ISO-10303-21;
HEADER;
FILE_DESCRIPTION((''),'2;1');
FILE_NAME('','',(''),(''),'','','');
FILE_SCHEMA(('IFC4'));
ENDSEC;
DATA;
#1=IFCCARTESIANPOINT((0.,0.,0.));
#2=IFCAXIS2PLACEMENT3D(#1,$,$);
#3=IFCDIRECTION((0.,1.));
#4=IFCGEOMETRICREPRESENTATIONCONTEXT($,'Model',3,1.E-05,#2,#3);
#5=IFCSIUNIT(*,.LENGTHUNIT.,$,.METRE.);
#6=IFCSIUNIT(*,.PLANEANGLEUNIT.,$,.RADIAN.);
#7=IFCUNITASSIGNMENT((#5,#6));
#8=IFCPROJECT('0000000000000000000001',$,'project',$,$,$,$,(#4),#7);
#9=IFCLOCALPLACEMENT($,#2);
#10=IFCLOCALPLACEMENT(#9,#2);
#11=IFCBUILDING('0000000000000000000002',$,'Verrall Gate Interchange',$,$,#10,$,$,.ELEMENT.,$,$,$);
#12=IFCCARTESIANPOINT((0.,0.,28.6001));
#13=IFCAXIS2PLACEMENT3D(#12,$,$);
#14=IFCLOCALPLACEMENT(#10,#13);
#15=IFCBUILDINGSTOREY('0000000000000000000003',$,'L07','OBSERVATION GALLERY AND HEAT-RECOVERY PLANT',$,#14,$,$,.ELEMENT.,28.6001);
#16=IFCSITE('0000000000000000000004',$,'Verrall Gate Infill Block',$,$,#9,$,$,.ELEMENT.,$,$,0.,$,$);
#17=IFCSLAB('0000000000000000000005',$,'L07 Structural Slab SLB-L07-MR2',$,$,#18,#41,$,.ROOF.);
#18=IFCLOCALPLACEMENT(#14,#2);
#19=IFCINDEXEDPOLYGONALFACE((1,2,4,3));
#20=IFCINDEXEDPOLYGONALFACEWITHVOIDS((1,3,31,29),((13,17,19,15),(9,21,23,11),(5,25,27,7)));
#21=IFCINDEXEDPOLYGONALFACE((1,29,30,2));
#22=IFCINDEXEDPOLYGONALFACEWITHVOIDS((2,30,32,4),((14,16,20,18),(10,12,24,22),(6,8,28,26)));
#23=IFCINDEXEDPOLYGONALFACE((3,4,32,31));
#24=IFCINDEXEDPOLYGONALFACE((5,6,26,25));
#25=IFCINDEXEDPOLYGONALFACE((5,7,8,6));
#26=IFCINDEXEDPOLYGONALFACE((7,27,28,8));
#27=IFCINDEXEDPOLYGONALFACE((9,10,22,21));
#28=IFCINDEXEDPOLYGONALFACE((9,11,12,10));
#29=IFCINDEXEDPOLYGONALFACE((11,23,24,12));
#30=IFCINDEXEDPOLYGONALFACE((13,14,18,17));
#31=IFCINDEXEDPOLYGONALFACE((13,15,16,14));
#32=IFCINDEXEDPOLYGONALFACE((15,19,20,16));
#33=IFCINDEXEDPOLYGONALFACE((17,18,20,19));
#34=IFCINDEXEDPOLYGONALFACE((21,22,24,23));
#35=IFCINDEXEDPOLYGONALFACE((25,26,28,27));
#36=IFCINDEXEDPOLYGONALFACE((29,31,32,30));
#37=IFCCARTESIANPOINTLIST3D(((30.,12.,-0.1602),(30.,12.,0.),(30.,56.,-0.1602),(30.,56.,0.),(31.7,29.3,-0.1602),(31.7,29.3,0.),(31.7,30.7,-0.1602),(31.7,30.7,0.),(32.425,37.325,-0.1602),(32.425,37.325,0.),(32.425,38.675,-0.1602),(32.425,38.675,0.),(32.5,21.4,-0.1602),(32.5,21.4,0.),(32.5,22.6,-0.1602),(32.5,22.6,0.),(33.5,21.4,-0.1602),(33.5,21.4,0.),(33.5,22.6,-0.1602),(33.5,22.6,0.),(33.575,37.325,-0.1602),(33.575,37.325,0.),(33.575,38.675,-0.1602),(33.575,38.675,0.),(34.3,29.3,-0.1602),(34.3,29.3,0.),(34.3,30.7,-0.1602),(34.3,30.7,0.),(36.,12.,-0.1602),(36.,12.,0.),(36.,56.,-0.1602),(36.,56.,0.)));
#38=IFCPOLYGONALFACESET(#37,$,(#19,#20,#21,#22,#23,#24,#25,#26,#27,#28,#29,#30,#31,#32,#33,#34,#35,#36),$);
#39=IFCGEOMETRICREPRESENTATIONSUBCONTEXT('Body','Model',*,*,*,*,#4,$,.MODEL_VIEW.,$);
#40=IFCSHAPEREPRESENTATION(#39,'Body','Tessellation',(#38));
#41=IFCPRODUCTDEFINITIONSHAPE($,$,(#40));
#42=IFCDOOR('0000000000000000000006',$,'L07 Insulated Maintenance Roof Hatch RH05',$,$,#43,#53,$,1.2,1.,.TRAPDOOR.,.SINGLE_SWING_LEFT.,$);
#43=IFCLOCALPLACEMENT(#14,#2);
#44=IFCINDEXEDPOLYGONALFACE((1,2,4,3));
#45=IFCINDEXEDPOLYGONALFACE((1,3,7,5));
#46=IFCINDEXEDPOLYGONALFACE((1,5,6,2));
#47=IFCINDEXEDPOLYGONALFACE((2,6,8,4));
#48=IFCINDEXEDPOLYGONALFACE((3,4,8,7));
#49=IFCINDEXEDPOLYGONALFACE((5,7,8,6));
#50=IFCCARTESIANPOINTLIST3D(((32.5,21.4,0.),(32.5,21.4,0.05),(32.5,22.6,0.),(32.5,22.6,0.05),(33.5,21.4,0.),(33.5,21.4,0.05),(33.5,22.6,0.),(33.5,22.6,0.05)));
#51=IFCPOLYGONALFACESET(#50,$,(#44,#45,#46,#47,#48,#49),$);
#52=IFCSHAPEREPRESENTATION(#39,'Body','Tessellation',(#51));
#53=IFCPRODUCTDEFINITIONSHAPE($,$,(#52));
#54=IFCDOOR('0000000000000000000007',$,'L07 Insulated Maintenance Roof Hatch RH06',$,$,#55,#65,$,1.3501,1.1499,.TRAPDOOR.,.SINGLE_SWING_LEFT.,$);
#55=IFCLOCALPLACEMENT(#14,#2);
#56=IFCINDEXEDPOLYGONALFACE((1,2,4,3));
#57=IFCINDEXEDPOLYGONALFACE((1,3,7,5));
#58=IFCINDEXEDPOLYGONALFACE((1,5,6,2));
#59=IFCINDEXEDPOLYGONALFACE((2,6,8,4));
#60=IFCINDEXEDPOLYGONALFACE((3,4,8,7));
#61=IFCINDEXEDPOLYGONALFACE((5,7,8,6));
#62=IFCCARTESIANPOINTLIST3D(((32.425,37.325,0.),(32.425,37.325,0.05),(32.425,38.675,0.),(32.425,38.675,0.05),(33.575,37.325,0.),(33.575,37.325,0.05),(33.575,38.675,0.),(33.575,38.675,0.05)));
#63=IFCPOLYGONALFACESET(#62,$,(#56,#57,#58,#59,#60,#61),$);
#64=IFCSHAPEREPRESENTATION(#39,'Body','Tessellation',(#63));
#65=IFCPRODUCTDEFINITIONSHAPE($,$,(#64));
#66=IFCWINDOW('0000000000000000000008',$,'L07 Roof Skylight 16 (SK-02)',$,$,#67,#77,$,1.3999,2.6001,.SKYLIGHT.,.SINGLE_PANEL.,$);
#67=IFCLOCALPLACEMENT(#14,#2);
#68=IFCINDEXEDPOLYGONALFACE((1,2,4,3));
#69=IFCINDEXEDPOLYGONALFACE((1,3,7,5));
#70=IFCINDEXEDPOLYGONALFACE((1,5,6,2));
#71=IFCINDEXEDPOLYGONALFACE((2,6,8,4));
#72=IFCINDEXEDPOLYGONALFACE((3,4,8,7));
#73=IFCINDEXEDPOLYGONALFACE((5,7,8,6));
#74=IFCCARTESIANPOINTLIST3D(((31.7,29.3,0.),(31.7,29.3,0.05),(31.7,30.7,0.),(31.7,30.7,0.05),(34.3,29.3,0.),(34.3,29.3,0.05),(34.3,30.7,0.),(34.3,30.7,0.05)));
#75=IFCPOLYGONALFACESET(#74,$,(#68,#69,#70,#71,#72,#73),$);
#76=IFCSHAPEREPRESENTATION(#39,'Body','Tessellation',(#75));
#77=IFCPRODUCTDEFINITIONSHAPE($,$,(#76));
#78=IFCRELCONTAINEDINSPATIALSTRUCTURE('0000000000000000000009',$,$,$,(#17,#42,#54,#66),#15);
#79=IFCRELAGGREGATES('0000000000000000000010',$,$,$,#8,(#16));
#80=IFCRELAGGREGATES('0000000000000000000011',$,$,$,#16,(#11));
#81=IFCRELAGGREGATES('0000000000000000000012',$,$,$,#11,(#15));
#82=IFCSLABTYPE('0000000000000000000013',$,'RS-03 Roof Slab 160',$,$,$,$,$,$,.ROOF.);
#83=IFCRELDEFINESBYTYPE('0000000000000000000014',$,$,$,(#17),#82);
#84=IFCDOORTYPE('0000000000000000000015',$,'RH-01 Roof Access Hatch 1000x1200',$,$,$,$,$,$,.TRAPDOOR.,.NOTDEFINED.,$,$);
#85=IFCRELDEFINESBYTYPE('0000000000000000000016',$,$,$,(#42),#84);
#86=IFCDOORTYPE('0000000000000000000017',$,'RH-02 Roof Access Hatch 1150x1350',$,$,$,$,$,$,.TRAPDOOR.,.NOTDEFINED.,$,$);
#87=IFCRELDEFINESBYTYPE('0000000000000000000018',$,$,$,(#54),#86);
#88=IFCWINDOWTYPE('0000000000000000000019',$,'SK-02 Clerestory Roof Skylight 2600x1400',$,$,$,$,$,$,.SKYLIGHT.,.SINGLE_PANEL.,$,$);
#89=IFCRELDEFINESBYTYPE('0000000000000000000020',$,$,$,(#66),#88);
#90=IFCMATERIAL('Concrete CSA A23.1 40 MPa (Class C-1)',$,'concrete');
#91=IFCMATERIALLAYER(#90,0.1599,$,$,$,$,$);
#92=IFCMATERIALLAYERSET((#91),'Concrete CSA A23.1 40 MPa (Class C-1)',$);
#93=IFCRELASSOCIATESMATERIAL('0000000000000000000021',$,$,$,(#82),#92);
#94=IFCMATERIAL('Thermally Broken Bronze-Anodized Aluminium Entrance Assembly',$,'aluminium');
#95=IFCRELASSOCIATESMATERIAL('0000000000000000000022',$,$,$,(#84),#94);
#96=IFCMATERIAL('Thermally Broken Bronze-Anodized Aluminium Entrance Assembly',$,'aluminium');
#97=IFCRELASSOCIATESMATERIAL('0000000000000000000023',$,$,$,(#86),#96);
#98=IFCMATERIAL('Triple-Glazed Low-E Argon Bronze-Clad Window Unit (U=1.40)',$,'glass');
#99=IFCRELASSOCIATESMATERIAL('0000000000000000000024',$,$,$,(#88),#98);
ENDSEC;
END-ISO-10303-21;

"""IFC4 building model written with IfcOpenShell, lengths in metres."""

from ifc_helpers import new_model, si_unit, direction, frame, origin, origin_2d, place, context, subcontext, project, spatial, polyline, rectangle, outline, extrude, material, layer, layer_set, type_object, element, fill, save


model = new_model("IFC4")

# Units and contexts
model_context = context("Model", 3, precision=1e-05, world=origin(), true_north=direction((0.0, 1.0)))
body_context = subcontext(model_context, "Body", "Model", "MODEL_VIEW")
ifc_project = project(units=[si_unit("LENGTHUNIT", "METRE"), si_unit("PLANEANGLEUNIT", "RADIAN")], contexts=[model_context])

# Site, building, storey
site_placement = place(None, origin())
site = spatial("IfcSite", under=ifc_project, at=site_placement, Name="Verrall Gate Infill Block", CompositionType="ELEMENT", RefElevation=0.0)
building_placement = place(site_placement, origin())
building = spatial("IfcBuilding", under=site, at=building_placement, Name="Verrall Gate Interchange", CompositionType="ELEMENT")
storey_placement = place(building_placement, frame((0.0, 0.0, 28.6001)))
storey = spatial("IfcBuildingStorey", under=building, at=storey_placement, Name="L07", Description="OBSERVATION GALLERY AND HEAT-RECOVERY PLANT", CompositionType="ELEMENT", Elevation=28.6001)

# Shared definitions
ifc_material_1 = material(Name="Concrete CSA A23.1 40 MPa (Class C-1)", Category="concrete")
ifc_layer_1 = layer(ifc_material_1, 0.1599)
ifc_layer_set_1 = layer_set([ifc_layer_1], Name="Concrete CSA A23.1 40 MPa (Class C-1)")
slab_type_1 = type_object("IfcSlabType", Name="RS-03 Roof Slab 160", PredefinedType="ROOF", material=ifc_layer_set_1)
ifc_material_2 = material(Name="Thermally Broken Bronze-Anodized Aluminium Entrance Assembly", Category="aluminium")
door_type_1 = type_object("IfcDoorType", Name="RH-01 Roof Access Hatch 1000x1200", OperationType="NOTDEFINED", PredefinedType="TRAPDOOR", material=ifc_material_2)
ifc_material_3 = material(Name="Thermally Broken Bronze-Anodized Aluminium Entrance Assembly", Category="aluminium")
door_type_2 = type_object("IfcDoorType", Name="RH-02 Roof Access Hatch 1150x1350", OperationType="NOTDEFINED", PredefinedType="TRAPDOOR", material=ifc_material_3)

# Slab, openings, doors, window
slab_1_placement = place(storey_placement, frame((0.0, 0.0, -0.1602)))
slab_1 = element("IfcSlab", 1, at=slab_1_placement, inside=storey, type_object=slab_type_1, Name="L07 Structural Slab SLB-L07-MR2", PredefinedType="ROOF", context=body_context, shape_type="SweptSolid", body=[
    extrude(outline(polyline([(30.0, 44.0), (30.0, 56.0), (36.0, 56.0), (36.0, 12.0), (30.0, 12.0), (30.0, 44.0)])), origin(), (0.0, 0.0, 1.0), 0.1602),
])
opening_1_placement = place(slab_1_placement, frame((33.0, 22.0, 0.0)))
opening_1 = element("IfcOpeningElement", 2, at=opening_1_placement, cuts=slab_1, PredefinedType="OPENING", context=body_context, shape_type="SweptSolid", body=[
    extrude(rectangle(XDim=1.0, YDim=1.2, at=origin_2d()), frame((0.0, 0.0, -0.0149)), (0.0, 0.0, 1.0), 0.24),
])
opening_2_placement = place(slab_1_placement, frame((33.0, 38.0, 0.0)))
opening_2 = element("IfcOpeningElement", 3, at=opening_2_placement, cuts=slab_1, PredefinedType="OPENING", context=body_context, shape_type="SweptSolid", body=[
    extrude(rectangle(XDim=1.1499, YDim=1.3501, at=origin_2d()), frame((0.0, 0.0, -0.0149)), (0.0, 0.0, 1.0), 0.24),
])
opening_3_placement = place(slab_1_placement, frame((33.0, 30.0, 0.0)))
opening_3 = element("IfcOpeningElement", 4, at=opening_3_placement, cuts=slab_1, PredefinedType="OPENING", context=body_context, shape_type="SweptSolid", body=[
    extrude(rectangle(XDim=2.6001, YDim=1.3999, at=origin_2d()), frame((0.0, 0.0, -0.0149)), (0.0, 0.0, 1.0), 0.24),
])
door_1_placement = place(opening_1_placement, frame((0.0, 0.0, 0.1602)))
door_1 = element("IfcDoor", 5, at=door_1_placement, inside=storey, type_object=door_type_1, Name="L07 Insulated Maintenance Roof Hatch RH05", OperationType="SINGLE_SWING_LEFT", OverallHeight=1.2, OverallWidth=1.0, PredefinedType="TRAPDOOR", context=body_context, shape_type="SweptSolid", body=[
    extrude(rectangle(XDim=1.0, YDim=1.2, at=origin_2d()), origin(), (0.0, 0.0, 1.0), 0.05),
])
fill(opening_1, door_1)
door_2_placement = place(opening_2_placement, frame((0.0, 0.0, 0.1602)))
door_2 = element("IfcDoor", 6, at=door_2_placement, inside=storey, type_object=door_type_2, Name="L07 Insulated Maintenance Roof Hatch RH06", OperationType="SINGLE_SWING_LEFT", OverallHeight=1.3501, OverallWidth=1.1499, PredefinedType="TRAPDOOR", context=body_context, shape_type="SweptSolid", body=[
    extrude(rectangle(XDim=1.1499, YDim=1.3501, at=origin_2d()), origin(), (0.0, 0.0, 1.0), 0.05),
])
fill(opening_2, door_2)
ifc_material_4 = material(Name="Triple-Glazed Low-E Argon Bronze-Clad Window Unit (U=1.40)", Category="glass")
window_type_1 = type_object("IfcWindowType", Name="SK-02 Clerestory Roof Skylight 2600x1400", PartitioningType="SINGLE_PANEL", PredefinedType="SKYLIGHT", material=ifc_material_4)
window_1_placement = place(opening_3_placement, frame((0.0, 0.0, 0.1602)))
window_1 = element("IfcWindow", 7, at=window_1_placement, inside=storey, type_object=window_type_1, Name="L07 Roof Skylight 16 (SK-02)", OverallHeight=1.3999, OverallWidth=2.6001, PartitioningType="SINGLE_PANEL", PredefinedType="SKYLIGHT", context=body_context, shape_type="SweptSolid", body=[
    extrude(rectangle(XDim=2.6001, YDim=1.3999, at=origin_2d()), origin(), (0.0, 0.0, 1.0), 0.05),
])
fill(opening_3, window_1)

save(model, "model.ifc")
